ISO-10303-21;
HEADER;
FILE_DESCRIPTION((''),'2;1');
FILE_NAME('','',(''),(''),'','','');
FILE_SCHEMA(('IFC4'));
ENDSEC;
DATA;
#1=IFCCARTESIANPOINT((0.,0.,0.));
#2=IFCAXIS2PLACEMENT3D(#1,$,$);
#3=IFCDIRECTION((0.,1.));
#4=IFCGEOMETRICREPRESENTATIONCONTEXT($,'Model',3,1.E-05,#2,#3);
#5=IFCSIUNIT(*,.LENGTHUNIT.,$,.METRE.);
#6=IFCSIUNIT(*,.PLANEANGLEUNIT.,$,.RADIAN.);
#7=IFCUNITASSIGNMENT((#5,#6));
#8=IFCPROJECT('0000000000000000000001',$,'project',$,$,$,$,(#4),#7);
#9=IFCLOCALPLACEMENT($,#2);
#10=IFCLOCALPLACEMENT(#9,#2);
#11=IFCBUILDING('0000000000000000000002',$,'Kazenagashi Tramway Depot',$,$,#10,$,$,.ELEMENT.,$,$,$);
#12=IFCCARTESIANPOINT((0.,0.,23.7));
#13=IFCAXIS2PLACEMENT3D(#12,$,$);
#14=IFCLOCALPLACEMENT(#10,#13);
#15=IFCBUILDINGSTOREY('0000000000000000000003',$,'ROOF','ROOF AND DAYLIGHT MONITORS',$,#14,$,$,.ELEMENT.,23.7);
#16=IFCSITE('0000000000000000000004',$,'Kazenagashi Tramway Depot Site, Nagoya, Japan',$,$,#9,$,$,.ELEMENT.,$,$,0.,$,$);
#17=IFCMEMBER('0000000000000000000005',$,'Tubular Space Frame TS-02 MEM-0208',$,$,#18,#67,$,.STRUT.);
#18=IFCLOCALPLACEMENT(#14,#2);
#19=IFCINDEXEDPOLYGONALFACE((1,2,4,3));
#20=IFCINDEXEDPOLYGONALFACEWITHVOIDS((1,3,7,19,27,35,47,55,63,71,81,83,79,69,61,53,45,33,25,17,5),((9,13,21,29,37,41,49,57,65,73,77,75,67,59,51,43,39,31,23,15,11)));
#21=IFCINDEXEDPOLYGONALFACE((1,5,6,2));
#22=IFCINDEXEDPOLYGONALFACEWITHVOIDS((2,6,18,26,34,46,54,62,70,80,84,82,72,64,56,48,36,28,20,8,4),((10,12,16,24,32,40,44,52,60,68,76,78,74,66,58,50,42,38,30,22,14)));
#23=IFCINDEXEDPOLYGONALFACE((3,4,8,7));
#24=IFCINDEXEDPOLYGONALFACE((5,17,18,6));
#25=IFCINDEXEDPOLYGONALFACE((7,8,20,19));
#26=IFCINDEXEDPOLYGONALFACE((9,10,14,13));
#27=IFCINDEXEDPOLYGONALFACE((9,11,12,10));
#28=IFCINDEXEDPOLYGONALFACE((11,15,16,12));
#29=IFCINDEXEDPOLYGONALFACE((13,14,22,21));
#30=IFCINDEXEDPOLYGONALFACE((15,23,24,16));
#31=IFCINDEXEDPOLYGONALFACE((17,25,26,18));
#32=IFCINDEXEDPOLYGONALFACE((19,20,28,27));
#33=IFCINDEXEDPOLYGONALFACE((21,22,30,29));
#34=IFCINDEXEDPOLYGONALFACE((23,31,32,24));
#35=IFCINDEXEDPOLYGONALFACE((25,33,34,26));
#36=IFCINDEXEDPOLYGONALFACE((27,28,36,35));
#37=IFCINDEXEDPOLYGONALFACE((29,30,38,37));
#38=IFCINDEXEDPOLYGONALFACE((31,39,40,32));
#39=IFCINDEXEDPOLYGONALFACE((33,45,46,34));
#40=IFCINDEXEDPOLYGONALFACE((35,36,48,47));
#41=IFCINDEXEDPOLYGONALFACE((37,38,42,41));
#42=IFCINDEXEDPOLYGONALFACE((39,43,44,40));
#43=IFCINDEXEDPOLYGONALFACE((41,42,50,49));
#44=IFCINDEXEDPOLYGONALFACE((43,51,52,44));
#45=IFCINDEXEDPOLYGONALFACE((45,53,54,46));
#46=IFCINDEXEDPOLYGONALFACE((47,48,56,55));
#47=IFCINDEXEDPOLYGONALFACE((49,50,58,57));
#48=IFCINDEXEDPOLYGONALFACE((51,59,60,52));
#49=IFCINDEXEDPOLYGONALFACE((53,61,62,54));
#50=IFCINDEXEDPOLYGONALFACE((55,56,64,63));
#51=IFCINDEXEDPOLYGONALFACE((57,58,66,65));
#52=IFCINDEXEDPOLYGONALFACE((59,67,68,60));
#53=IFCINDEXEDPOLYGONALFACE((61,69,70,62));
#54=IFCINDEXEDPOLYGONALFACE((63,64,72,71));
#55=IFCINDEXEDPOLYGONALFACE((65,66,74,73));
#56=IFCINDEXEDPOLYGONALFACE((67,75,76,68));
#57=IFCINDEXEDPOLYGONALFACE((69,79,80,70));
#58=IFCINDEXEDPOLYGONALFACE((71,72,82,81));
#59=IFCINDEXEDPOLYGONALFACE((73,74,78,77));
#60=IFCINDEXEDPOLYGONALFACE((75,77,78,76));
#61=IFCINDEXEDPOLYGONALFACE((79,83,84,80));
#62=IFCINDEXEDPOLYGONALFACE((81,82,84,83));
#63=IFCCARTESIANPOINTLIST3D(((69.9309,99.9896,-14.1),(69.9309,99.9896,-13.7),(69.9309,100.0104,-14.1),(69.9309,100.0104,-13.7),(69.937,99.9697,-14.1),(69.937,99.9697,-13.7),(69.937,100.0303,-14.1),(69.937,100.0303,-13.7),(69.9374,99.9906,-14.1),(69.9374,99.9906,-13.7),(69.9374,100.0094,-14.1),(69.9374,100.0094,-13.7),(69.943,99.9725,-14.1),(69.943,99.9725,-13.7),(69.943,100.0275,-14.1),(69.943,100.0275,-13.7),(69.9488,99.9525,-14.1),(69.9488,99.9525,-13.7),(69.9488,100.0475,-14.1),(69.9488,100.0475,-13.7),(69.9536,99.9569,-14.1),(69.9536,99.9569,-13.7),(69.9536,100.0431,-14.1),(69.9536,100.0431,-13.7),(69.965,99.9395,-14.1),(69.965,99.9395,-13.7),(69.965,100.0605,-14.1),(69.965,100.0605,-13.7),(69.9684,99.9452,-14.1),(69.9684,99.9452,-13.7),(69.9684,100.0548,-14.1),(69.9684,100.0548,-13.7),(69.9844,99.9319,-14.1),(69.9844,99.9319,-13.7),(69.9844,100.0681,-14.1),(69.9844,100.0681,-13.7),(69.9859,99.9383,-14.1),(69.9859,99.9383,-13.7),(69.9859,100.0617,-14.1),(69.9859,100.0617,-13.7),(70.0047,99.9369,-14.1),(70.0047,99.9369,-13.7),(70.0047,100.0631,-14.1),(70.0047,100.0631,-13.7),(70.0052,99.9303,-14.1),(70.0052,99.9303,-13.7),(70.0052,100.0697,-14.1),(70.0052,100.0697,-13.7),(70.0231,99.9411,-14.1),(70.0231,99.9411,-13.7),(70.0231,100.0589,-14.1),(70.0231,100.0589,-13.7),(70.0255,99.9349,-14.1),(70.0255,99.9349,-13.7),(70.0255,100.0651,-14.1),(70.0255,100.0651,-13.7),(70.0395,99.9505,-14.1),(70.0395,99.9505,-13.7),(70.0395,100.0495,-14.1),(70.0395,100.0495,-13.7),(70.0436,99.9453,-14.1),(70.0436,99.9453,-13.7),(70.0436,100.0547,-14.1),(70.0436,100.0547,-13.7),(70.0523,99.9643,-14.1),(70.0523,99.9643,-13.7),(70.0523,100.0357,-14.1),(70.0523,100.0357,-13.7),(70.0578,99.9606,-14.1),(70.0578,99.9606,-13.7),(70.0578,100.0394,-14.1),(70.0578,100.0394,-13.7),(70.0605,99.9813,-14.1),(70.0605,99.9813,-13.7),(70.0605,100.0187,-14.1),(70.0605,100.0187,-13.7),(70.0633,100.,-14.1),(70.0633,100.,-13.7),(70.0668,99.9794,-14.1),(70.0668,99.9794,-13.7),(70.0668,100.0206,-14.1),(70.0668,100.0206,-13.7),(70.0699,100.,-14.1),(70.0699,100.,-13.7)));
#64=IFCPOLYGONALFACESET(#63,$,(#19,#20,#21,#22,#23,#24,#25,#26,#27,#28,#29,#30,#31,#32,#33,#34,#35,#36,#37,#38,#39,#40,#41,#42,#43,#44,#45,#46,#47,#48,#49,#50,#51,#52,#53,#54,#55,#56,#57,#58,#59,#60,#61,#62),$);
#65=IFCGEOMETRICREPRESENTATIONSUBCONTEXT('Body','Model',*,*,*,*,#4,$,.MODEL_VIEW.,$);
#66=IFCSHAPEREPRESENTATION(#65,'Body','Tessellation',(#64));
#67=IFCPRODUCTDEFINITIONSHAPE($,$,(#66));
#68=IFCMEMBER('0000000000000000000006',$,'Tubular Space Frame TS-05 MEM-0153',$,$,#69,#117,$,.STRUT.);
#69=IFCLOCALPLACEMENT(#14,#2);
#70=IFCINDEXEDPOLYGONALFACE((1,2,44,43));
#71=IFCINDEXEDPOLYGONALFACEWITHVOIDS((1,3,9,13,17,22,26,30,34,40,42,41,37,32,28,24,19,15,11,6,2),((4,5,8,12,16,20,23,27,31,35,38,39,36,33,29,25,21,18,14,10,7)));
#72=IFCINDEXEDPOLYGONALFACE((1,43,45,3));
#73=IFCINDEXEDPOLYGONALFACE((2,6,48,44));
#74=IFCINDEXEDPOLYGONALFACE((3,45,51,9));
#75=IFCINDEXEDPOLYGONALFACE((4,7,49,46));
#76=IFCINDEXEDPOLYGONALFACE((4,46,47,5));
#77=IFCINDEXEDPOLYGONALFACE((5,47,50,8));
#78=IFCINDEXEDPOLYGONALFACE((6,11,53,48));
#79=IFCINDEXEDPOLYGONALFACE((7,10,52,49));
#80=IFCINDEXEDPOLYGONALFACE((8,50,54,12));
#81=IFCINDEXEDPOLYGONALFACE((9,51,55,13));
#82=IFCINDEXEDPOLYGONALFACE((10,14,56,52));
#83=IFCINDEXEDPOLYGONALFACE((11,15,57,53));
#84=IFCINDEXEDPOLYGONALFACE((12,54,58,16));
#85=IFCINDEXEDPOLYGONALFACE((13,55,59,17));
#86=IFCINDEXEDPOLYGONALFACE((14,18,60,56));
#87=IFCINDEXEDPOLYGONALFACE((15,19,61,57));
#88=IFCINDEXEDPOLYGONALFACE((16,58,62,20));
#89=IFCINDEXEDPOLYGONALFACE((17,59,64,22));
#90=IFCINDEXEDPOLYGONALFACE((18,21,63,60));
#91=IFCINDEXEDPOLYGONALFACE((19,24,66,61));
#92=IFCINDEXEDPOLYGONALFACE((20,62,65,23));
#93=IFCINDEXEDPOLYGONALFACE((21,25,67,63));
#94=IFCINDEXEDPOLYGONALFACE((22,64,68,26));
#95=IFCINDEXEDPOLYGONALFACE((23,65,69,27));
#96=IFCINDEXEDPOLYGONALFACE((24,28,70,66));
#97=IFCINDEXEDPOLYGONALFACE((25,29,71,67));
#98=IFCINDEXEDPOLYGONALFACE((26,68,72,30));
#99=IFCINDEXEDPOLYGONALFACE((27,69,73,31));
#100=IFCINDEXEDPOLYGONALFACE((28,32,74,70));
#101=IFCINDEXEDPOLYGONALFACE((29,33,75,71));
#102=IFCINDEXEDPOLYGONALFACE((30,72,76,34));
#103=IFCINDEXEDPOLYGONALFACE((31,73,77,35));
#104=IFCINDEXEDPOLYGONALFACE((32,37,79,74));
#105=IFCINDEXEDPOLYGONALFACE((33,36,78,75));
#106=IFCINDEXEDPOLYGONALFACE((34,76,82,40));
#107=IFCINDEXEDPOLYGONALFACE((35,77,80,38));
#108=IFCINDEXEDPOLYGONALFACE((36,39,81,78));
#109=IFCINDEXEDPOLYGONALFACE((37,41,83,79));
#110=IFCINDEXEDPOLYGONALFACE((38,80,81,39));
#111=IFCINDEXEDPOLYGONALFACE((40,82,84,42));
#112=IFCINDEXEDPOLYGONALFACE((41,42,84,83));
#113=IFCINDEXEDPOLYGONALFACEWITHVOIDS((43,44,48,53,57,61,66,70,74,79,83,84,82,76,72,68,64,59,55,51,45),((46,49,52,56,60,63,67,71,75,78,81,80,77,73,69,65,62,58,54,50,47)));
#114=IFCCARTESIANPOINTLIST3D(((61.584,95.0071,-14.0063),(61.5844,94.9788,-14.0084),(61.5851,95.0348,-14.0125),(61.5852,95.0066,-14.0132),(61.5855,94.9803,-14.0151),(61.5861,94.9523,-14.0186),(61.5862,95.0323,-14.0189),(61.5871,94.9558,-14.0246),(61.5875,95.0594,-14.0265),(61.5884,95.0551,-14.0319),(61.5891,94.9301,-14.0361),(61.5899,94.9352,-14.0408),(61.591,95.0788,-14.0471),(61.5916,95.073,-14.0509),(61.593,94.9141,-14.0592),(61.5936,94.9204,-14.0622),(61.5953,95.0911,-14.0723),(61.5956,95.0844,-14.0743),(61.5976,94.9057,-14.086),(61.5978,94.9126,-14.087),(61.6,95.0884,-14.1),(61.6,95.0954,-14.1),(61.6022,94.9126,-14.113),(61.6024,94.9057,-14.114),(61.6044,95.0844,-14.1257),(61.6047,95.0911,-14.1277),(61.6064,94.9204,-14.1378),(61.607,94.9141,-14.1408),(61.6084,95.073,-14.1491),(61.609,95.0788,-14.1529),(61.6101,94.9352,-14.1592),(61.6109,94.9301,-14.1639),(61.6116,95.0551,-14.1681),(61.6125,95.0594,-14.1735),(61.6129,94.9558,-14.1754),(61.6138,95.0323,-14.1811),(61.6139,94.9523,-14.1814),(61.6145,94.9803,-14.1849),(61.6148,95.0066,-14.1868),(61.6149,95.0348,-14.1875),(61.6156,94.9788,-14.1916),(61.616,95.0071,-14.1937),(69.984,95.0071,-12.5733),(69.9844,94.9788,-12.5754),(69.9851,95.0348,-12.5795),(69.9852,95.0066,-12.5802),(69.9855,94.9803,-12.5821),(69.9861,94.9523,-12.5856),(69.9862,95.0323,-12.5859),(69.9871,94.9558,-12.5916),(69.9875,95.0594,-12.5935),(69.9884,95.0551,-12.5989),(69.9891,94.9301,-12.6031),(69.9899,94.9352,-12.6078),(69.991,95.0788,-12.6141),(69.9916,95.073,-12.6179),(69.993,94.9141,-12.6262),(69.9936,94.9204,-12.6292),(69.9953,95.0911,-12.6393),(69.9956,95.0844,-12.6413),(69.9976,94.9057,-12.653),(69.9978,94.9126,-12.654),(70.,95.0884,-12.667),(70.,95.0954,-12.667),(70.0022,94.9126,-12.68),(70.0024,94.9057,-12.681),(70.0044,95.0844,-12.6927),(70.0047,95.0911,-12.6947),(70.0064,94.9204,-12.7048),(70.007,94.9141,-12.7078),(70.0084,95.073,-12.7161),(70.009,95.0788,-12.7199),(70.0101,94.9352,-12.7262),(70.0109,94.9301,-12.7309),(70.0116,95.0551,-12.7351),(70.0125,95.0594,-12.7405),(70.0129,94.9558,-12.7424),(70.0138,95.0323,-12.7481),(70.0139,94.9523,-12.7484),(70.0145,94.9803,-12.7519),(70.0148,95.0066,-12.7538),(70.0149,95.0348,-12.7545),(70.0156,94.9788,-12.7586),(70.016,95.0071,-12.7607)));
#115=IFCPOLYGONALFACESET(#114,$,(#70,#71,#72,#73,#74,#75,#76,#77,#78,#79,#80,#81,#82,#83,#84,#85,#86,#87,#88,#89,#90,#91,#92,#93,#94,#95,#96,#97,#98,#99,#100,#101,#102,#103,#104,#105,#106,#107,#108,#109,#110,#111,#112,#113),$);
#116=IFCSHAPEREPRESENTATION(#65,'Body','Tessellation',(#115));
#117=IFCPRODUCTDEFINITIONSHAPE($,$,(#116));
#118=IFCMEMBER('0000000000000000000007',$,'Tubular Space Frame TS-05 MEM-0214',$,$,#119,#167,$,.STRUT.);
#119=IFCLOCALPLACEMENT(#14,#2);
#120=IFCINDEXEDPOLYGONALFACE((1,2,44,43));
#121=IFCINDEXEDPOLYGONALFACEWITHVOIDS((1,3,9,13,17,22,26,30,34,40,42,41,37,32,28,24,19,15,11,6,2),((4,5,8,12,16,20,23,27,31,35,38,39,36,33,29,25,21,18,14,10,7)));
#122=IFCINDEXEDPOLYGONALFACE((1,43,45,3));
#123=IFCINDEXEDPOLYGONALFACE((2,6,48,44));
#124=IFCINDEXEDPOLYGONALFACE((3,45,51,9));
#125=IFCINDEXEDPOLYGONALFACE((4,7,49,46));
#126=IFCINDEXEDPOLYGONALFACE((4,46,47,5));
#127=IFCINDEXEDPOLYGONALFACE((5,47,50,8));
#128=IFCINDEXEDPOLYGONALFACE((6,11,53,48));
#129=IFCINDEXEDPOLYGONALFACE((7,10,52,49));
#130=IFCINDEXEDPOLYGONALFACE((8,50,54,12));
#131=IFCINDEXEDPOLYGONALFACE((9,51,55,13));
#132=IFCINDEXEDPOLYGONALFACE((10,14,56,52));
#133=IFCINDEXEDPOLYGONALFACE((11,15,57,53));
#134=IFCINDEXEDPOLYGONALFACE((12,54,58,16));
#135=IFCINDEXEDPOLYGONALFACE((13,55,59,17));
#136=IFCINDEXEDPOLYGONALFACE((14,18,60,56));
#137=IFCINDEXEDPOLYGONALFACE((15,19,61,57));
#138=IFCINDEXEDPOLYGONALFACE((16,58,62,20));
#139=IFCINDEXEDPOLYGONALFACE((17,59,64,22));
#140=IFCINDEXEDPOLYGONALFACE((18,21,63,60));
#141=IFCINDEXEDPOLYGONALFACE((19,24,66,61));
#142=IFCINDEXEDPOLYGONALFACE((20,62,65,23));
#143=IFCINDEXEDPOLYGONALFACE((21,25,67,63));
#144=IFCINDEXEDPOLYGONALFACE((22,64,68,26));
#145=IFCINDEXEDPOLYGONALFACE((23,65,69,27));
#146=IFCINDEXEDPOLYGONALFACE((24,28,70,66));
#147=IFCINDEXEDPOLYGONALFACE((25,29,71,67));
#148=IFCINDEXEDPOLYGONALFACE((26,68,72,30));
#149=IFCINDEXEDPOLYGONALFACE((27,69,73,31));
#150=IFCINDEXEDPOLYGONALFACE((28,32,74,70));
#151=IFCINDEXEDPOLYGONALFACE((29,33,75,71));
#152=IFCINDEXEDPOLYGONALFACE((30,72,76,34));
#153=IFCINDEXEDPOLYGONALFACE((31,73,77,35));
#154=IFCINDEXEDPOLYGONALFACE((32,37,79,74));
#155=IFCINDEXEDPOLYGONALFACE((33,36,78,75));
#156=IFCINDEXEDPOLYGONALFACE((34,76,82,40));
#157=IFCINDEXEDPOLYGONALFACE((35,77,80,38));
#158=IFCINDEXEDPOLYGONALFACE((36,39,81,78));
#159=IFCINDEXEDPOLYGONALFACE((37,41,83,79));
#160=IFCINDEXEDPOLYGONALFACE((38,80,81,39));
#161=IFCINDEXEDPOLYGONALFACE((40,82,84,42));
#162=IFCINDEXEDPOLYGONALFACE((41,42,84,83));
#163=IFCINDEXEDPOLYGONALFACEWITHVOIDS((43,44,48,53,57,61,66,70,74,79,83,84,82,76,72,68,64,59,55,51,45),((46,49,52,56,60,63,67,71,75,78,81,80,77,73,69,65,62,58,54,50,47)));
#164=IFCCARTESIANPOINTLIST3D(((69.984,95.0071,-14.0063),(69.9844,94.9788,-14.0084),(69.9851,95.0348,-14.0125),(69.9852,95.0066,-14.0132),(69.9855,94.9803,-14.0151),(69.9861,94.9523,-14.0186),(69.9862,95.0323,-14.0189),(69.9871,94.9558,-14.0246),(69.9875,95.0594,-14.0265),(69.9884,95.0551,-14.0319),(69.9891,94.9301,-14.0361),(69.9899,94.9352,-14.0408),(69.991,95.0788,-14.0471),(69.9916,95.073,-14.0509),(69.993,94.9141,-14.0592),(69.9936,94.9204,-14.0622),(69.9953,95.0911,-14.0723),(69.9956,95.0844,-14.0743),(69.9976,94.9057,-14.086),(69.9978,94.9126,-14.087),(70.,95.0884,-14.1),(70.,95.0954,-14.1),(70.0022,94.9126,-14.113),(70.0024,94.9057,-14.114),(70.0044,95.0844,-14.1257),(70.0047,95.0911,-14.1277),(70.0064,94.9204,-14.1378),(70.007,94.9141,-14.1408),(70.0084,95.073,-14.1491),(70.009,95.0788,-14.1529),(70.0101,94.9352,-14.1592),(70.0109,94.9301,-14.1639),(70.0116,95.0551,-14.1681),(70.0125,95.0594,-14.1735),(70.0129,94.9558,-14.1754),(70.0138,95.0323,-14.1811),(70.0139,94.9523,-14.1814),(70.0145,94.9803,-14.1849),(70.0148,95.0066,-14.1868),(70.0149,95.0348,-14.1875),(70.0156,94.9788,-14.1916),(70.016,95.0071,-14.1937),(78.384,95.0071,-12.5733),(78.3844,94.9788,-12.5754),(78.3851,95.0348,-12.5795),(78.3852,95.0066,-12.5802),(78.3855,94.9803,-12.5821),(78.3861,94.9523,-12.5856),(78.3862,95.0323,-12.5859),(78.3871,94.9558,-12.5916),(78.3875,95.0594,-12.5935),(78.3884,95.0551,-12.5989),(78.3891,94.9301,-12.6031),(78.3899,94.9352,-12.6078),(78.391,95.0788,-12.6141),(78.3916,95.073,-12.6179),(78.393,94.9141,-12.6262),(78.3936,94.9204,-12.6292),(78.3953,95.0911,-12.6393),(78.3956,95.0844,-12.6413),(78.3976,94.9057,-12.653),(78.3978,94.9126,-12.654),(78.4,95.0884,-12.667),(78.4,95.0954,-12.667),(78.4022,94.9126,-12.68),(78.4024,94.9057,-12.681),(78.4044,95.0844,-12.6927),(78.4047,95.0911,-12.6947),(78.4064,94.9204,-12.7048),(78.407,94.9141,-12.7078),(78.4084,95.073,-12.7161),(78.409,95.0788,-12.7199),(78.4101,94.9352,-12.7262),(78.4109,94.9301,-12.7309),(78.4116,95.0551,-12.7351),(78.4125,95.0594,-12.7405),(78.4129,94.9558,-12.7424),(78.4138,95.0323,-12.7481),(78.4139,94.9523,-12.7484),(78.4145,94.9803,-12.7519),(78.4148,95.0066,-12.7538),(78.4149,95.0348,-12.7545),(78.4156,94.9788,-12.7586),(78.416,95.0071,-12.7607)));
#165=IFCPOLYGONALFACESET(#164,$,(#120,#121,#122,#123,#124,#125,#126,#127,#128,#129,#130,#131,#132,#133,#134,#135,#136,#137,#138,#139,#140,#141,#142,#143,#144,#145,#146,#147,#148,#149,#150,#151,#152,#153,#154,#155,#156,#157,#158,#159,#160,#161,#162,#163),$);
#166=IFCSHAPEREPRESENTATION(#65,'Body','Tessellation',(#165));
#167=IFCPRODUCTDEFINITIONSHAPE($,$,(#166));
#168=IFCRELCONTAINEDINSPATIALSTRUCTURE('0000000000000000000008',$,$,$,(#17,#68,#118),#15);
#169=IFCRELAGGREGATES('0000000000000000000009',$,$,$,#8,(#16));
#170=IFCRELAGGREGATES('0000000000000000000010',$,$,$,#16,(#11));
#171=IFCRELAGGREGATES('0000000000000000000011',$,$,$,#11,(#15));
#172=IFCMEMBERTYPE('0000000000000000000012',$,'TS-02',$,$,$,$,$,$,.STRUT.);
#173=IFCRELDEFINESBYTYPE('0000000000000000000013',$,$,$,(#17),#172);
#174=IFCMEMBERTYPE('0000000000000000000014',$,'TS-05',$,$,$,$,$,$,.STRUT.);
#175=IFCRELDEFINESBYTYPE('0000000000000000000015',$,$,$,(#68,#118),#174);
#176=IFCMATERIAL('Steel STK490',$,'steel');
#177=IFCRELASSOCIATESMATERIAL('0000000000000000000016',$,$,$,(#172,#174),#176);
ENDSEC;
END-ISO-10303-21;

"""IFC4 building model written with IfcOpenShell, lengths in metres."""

from ifc_helpers import new_model, si_unit, direction, frame, origin, origin_2d, place, context, subcontext, project, spatial, hollow_circle, extrude, material, material_profile, profile_set, type_object, element, save


model = new_model("IFC4")

# Units and contexts
model_context = context("Model", 3, precision=1e-05, world=origin(), true_north=direction((0.0, 1.0)))
body_context = subcontext(model_context, "Body", "Model", "MODEL_VIEW")
ifc_project = project(units=[si_unit("LENGTHUNIT", "METRE"), si_unit("PLANEANGLEUNIT", "RADIAN")], contexts=[model_context])

# Site, building, storey
site_placement = place(None, origin())
site = spatial("IfcSite", under=ifc_project, at=site_placement, Name="Kazenagashi Tramway Depot Site, Nagoya, Japan", CompositionType="ELEMENT", RefElevation=0.0)
building_placement = place(site_placement, origin())
building = spatial("IfcBuilding", under=site, at=building_placement, Name="Kazenagashi Tramway Depot", CompositionType="ELEMENT")
storey_placement = place(building_placement, frame((0.0, 0.0, 23.7)))
storey = spatial("IfcBuildingStorey", under=building, at=storey_placement, Name="ROOF", Description="ROOF AND DAYLIGHT MONITORS", CompositionType="ELEMENT", Elevation=23.7)

# Members
ifc_material_1 = material(Name="Steel STK490", Category="steel")
ifc_material_profile_1 = material_profile(ifc_material_1, hollow_circle(Radius=0.0699, WallThickness=0.0066, at=origin_2d()), Name="CHS-139.8x6.6")
ifc_profile_set_1 = profile_set([ifc_material_profile_1], Name="Steel STK490")
member_type_1 = type_object("IfcMemberType", Name="TS-02", PredefinedType="STRUT", material=ifc_profile_set_1)
member_1_placement = place(storey_placement, frame((70.0, 100.0, -14.1), z_axis=(0.0, 0.0, 1.0), x_axis=(1.0, 0.0, 0.0)))
element("IfcMember", 1, at=member_1_placement, inside=storey, type_object=member_type_1, Name="Tubular Space Frame TS-02 MEM-0208", PredefinedType="STRUT", context=body_context, shape_type="SweptSolid", body=[
    extrude(hollow_circle(Radius=0.0699, WallThickness=0.0066, at=origin_2d()), origin(), (0.0, 0.0, 1.0), 0.4),
])
ifc_material_profile_2 = material_profile(ifc_material_1, hollow_circle(Radius=0.0954, WallThickness=0.007, at=origin_2d()), Name="CHS-190.7x7.0")
ifc_profile_set_2 = profile_set([ifc_material_profile_2], Name="Steel STK490")
member_type_2 = type_object("IfcMemberType", Name="TS-05", PredefinedType="STRUT", material=ifc_profile_set_2)
for number, where, z_axis, x_axis, name in (
    (2, (61.6, 95.0, -14.1), (0.985759, 0.0, 0.168166), (0.0, 1.0, 0.0), "Tubular Space Frame TS-05 MEM-0153"),
    (3, (70.0, 95.0, -14.1), (0.985759, 0.0, 0.168166), (0.0, 1.0, 0.0), "Tubular Space Frame TS-05 MEM-0214"),
):
    element("IfcMember", number, at=place(storey_placement, frame(where, z_axis=z_axis, x_axis=x_axis)), inside=storey, type_object=member_type_2, Name=name, PredefinedType="STRUT", context=body_context, shape_type="SweptSolid", body=[
        extrude(hollow_circle(Radius=0.0954, WallThickness=0.007, at=origin_2d()), origin(), (0.0, 0.0, 1.0), 8.5214),
    ])

save(model, "model.ifc")
